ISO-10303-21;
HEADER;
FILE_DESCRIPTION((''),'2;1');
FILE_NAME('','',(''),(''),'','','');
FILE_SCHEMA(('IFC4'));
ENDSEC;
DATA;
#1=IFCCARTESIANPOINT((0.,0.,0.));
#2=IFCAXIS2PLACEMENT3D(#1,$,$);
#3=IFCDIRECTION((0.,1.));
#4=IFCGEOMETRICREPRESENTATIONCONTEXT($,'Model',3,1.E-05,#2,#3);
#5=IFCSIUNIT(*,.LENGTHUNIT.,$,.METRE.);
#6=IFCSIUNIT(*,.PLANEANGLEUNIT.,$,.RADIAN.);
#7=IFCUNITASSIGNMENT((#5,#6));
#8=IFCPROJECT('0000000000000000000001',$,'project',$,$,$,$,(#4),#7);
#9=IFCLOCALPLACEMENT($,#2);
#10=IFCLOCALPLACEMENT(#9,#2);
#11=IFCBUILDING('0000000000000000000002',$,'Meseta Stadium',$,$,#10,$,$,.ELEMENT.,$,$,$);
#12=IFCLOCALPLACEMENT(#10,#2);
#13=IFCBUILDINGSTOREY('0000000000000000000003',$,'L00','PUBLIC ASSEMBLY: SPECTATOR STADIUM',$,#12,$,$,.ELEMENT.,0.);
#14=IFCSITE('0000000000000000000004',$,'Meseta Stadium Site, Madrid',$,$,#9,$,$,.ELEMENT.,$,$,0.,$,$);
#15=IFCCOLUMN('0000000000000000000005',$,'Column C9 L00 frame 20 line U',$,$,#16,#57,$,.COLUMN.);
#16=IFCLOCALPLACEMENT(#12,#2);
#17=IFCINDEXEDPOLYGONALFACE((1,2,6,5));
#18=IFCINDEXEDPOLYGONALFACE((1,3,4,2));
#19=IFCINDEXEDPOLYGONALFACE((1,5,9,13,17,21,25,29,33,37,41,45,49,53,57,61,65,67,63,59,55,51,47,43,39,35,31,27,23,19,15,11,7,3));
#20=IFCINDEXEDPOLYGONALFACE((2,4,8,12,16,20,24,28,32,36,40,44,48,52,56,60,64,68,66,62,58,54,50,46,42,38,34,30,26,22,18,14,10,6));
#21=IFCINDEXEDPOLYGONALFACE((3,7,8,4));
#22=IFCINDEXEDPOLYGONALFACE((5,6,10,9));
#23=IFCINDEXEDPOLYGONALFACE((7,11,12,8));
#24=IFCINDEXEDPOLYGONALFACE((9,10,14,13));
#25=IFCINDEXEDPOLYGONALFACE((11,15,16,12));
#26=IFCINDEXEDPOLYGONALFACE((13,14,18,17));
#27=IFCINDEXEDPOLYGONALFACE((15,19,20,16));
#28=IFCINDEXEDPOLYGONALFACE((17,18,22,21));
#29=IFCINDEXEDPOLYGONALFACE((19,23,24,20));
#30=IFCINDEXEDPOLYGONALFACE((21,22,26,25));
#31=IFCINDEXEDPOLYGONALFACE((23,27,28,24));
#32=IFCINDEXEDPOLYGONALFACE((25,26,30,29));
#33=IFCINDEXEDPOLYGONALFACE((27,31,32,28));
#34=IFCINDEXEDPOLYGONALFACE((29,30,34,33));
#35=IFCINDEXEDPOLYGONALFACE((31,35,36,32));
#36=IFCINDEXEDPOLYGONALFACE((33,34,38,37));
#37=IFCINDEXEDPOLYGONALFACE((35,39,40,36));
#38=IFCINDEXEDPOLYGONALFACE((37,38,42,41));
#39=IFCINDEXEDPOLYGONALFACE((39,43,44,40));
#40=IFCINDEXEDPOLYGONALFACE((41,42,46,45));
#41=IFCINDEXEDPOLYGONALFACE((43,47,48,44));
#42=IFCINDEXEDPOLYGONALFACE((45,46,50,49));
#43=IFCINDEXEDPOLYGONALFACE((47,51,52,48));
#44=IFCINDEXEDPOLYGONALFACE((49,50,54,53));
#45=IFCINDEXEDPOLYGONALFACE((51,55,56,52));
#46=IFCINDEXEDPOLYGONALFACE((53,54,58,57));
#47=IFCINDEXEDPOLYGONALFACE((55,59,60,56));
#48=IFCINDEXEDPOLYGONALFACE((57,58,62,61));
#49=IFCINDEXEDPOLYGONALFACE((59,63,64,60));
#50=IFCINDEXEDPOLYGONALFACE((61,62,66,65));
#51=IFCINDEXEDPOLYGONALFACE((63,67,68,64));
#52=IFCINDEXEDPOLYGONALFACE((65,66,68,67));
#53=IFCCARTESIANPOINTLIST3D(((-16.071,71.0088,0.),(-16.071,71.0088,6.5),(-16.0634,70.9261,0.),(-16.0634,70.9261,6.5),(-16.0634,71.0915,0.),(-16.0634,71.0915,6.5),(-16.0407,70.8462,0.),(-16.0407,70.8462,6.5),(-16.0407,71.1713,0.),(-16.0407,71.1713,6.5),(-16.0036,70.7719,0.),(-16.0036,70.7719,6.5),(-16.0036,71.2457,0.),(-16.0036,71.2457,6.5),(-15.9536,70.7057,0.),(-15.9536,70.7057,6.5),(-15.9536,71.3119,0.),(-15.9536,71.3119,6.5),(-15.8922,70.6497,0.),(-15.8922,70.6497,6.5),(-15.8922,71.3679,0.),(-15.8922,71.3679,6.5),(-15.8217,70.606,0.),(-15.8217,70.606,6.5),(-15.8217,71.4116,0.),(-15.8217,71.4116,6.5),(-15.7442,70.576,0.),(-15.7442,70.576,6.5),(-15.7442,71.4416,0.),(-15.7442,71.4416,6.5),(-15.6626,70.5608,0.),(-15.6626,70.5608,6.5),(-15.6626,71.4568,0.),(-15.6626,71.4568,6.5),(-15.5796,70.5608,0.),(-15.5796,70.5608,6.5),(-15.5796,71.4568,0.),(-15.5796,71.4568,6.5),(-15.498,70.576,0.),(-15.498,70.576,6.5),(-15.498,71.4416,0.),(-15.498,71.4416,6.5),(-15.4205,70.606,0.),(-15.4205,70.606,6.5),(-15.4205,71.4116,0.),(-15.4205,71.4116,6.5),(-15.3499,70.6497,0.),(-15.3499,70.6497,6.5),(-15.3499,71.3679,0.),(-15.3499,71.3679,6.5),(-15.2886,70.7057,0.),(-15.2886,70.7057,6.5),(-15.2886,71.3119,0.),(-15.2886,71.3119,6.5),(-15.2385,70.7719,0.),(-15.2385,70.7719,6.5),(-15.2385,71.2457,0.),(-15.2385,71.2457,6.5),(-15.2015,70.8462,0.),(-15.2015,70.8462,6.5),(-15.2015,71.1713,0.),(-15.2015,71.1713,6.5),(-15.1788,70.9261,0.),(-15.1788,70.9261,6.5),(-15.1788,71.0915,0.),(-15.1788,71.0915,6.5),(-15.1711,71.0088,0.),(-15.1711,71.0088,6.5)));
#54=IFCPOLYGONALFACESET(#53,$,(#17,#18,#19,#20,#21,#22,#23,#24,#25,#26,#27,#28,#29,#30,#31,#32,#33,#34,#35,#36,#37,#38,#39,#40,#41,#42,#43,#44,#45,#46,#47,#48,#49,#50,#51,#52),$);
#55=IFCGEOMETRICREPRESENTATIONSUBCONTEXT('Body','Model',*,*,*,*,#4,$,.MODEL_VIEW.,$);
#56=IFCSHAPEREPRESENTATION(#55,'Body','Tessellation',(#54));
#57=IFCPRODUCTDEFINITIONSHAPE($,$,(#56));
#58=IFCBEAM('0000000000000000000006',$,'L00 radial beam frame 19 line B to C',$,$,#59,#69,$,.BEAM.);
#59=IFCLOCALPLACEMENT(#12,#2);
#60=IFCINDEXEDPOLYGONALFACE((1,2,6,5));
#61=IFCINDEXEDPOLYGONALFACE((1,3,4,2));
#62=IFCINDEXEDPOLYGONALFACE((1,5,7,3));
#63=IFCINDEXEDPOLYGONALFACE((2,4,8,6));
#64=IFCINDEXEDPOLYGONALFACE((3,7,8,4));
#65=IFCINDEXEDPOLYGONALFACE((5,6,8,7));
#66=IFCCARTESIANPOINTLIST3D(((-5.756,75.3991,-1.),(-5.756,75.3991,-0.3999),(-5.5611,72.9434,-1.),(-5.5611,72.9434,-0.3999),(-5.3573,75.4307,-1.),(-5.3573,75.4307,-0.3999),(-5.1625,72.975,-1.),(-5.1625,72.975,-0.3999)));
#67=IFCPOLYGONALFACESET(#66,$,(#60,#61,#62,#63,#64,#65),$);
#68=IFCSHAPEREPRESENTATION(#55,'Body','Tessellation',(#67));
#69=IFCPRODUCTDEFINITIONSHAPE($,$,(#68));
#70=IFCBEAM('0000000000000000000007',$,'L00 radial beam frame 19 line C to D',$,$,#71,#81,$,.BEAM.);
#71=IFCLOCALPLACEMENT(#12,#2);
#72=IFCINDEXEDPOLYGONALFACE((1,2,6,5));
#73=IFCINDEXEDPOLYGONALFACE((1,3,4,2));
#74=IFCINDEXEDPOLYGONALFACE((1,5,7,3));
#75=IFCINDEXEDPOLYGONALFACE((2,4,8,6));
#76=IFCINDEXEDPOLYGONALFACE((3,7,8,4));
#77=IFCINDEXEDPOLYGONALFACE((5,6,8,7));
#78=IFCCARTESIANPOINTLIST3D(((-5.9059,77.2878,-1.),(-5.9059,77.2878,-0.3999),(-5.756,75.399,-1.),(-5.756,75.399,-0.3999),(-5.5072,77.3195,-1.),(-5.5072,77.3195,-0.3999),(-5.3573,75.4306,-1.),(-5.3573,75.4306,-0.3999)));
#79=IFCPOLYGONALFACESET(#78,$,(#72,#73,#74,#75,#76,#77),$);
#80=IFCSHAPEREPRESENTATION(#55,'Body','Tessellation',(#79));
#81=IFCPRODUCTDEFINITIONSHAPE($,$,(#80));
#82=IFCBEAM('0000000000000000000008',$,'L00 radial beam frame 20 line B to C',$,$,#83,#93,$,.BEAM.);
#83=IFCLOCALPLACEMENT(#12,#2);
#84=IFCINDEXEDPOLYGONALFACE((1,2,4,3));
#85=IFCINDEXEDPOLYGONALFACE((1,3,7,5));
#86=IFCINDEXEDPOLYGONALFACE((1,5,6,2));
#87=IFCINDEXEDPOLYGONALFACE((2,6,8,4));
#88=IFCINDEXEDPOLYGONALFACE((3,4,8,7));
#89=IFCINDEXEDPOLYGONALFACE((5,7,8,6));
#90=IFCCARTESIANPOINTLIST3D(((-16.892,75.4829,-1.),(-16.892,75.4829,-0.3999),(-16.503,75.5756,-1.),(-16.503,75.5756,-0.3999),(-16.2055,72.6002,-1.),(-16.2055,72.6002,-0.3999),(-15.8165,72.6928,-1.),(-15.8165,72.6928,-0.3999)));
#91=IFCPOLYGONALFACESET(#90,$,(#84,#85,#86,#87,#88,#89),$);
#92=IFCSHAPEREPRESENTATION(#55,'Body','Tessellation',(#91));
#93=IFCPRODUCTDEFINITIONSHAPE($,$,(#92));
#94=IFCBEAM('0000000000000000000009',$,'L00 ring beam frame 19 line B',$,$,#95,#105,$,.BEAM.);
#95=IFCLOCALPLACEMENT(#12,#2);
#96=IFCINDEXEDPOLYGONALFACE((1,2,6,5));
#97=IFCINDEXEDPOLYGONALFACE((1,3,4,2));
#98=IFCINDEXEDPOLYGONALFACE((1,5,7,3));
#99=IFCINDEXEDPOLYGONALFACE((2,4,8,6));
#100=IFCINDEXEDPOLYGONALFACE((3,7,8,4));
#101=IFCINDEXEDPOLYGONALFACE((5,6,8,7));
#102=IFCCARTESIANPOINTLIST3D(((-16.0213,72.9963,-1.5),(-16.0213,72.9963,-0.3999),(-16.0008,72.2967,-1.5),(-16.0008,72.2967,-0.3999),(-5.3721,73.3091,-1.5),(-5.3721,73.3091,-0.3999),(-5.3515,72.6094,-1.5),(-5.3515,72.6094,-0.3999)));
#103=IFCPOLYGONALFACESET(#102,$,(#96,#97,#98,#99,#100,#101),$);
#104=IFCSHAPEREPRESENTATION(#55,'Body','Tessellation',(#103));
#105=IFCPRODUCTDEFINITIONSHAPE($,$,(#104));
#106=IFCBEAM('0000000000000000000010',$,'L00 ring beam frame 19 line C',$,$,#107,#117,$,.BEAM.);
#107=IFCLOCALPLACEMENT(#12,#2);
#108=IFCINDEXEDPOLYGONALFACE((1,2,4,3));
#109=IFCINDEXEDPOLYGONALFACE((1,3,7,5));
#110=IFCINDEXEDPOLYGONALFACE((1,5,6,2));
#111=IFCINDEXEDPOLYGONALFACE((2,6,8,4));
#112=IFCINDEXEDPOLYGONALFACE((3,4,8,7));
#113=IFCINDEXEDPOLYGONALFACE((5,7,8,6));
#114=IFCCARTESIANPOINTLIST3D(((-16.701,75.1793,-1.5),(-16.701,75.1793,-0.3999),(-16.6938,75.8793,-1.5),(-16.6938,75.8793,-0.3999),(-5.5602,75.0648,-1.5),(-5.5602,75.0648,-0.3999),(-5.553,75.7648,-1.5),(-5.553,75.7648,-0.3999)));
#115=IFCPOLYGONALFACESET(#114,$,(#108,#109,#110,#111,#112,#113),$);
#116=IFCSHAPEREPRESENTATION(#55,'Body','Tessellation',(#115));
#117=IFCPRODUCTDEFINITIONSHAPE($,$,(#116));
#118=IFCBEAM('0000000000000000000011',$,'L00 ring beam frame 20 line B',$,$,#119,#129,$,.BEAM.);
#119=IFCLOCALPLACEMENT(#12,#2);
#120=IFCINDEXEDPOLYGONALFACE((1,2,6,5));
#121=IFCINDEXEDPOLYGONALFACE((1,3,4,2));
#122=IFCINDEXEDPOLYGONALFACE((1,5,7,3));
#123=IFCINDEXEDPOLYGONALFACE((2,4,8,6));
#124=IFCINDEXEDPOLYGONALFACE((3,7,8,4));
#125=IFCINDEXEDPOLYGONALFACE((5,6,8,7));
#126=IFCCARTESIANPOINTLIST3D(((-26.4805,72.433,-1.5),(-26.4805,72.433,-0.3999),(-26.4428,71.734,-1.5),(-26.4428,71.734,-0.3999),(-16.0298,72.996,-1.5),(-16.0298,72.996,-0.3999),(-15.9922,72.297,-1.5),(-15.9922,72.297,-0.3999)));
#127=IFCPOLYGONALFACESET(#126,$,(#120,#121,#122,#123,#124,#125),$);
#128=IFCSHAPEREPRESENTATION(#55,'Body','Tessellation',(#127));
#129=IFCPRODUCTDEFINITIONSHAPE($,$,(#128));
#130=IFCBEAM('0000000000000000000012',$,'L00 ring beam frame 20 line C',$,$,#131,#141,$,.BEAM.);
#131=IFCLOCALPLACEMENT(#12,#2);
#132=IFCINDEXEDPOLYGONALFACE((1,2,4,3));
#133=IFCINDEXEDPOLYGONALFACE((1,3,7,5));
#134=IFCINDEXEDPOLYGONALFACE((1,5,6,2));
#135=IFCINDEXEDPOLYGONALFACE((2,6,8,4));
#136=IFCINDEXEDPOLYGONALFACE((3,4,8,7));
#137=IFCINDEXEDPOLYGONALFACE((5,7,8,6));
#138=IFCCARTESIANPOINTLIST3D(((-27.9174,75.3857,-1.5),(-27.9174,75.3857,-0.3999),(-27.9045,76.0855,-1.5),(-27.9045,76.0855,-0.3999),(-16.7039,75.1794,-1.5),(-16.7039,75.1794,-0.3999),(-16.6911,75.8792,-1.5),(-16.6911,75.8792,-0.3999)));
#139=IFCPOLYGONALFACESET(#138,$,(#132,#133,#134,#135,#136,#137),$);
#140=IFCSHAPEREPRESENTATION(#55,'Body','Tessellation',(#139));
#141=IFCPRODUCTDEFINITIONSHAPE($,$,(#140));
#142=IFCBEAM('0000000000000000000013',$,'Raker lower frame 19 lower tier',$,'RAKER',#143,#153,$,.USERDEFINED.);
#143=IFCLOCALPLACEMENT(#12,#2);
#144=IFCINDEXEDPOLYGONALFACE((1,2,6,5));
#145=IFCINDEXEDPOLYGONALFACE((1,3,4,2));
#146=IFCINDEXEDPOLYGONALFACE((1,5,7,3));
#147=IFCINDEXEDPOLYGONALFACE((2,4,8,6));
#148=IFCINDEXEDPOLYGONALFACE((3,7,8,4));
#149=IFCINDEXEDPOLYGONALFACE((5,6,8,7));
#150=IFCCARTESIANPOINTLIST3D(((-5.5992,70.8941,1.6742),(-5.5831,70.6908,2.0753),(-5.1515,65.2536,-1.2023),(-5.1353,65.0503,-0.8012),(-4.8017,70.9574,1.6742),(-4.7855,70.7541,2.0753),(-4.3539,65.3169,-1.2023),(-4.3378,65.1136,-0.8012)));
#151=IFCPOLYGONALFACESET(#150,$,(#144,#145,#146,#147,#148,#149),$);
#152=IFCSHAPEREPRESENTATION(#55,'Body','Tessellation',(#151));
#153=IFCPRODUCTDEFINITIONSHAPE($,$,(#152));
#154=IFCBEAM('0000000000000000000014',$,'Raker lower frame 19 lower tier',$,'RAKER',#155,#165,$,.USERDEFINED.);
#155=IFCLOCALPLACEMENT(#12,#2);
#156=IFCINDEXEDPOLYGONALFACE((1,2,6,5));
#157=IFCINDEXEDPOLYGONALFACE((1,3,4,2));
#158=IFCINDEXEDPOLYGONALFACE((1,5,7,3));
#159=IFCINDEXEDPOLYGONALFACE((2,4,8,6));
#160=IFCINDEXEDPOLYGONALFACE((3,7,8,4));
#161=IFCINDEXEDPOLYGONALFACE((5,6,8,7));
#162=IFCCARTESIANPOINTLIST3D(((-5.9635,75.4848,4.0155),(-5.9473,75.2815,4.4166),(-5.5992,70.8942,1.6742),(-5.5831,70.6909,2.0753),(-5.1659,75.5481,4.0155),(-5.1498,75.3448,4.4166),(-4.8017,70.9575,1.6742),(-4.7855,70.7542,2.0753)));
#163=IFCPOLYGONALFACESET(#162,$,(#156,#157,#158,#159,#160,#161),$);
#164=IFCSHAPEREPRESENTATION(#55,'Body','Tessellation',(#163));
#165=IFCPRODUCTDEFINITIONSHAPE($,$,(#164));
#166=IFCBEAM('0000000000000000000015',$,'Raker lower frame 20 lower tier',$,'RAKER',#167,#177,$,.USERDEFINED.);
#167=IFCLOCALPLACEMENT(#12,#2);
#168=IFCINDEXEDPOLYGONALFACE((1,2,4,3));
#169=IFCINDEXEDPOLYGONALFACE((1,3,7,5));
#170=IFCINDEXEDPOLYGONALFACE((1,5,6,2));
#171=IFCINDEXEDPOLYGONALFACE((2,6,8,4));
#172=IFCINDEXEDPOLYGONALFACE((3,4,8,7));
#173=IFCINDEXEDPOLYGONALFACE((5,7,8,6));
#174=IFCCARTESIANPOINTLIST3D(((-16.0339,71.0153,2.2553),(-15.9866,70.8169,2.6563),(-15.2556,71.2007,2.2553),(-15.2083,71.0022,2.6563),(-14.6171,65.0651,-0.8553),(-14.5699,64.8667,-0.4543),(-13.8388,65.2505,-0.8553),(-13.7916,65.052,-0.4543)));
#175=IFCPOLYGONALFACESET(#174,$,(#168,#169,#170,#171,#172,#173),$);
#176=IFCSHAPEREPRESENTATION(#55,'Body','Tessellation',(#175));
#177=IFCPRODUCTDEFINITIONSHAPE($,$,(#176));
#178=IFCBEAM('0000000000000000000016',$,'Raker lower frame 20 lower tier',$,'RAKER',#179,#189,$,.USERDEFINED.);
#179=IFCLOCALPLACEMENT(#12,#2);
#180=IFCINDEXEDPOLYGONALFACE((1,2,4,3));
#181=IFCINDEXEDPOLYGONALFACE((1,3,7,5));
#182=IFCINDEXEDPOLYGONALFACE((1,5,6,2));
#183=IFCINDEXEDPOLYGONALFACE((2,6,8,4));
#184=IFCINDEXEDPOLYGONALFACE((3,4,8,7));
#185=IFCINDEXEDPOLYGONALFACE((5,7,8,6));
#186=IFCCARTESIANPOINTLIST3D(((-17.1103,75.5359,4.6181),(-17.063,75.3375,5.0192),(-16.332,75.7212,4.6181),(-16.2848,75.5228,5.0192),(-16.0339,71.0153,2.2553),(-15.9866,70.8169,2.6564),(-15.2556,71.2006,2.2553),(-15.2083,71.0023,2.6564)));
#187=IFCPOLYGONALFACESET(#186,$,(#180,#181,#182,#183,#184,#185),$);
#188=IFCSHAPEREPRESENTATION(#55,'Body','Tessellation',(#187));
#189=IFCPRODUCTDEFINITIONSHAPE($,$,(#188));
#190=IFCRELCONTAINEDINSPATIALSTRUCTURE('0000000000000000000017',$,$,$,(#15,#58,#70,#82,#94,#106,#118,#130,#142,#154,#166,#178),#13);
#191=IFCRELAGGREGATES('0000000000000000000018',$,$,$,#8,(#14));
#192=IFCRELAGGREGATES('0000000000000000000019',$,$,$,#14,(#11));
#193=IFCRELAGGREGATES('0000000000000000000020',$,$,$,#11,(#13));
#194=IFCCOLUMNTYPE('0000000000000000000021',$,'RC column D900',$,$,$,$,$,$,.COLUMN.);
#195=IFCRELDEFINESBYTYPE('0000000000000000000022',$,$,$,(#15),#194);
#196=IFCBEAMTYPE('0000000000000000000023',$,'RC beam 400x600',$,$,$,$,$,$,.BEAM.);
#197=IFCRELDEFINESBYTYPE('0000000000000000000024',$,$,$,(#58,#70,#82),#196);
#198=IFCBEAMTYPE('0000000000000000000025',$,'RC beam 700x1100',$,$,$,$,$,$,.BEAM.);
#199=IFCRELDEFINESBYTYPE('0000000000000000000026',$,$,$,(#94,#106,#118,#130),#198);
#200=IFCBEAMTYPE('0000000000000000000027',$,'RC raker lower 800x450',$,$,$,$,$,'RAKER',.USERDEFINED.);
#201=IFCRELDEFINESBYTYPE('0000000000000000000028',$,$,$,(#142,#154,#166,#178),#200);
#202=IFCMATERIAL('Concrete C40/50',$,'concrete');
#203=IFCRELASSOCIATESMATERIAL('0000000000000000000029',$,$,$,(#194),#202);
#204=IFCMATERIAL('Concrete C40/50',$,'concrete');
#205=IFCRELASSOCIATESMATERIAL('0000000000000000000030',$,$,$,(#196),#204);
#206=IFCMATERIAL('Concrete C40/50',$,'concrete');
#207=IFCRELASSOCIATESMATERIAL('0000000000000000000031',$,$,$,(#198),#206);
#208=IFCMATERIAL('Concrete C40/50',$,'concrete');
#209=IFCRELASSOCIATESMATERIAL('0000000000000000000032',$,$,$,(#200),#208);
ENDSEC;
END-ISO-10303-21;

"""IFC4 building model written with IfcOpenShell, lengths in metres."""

from ifc_helpers import new_model, si_unit, direction, frame, origin, origin_2d, place, context, subcontext, project, spatial, rectangle, circle, extrude, material, material_profile, profile_set, type_object, element, save


model = new_model("IFC4")

# Units and contexts
model_context = context("Model", 3, precision=1e-05, world=origin(), true_north=direction((0.0, 1.0)))
body_context = subcontext(model_context, "Body", "Model", "MODEL_VIEW")
ifc_project = project(units=[si_unit("LENGTHUNIT", "METRE"), si_unit("PLANEANGLEUNIT", "RADIAN")], contexts=[model_context])

# Site, building, storey
site_placement = place(None, origin())
site = spatial("IfcSite", under=ifc_project, at=site_placement, Name="Meseta Stadium Site, Madrid", CompositionType="ELEMENT", RefElevation=0.0)
building_placement = place(site_placement, origin())
building = spatial("IfcBuilding", under=site, at=building_placement, Name="Meseta Stadium", CompositionType="ELEMENT")
storey_placement = place(building_placement, origin())
storey = spatial("IfcBuildingStorey", under=building, at=storey_placement, Name="L00", Description="PUBLIC ASSEMBLY: SPECTATOR STADIUM", CompositionType="ELEMENT", Elevation=0.0)

# Column
ifc_material_1 = material(Name="Concrete C40/50", Category="concrete")
ifc_material_profile_1 = material_profile(ifc_material_1, circle(Radius=0.45, at=origin_2d()), Name="RC D900")
ifc_profile_set_1 = profile_set([ifc_material_profile_1], Name="Concrete C40/50")
column_type_1 = type_object("IfcColumnType", Name="RC column D900", PredefinedType="COLUMN", material=ifc_profile_set_1)
for number, where, z_axis, x_axis, name in (
    (1, (-15.6211, 71.0088, 0.0), (0.0, 0.0, 1.0), (1.0, 0.0, 0.0), "Column C9 L00 frame 20 line U"),
):
    element("IfcColumn", number, at=place(storey_placement, frame(where, z_axis=z_axis, x_axis=x_axis)), inside=storey, type_object=column_type_1, Name=name, PredefinedType="COLUMN", context=body_context, shape_type="SweptSolid", body=[
        extrude(circle(Radius=0.45, at=origin_2d()), origin(), (0.0, 0.0, 1.0), 6.5),
    ])

# Beams
ifc_material_2 = material(Name="Concrete C40/50", Category="concrete")
ifc_material_profile_2 = material_profile(ifc_material_2, rectangle(XDim=0.3999, YDim=0.6001, at=origin_2d()), Name="RC 400x600")
ifc_profile_set_2 = profile_set([ifc_material_profile_2], Name="Concrete C40/50")
beam_type_1 = type_object("IfcBeamType", Name="RC beam 400x600", PredefinedType="BEAM", material=ifc_profile_set_2)
beam_1_placement = place(storey_placement, frame((-5.3618, 72.9592, -0.7), z_axis=(-0.079091, 0.996867, 0.0), x_axis=(-0.996867, -0.079091, 0.0)))
element("IfcBeam", 2, at=beam_1_placement, inside=storey, type_object=beam_type_1, Name="L00 radial beam frame 19 line B to C", PredefinedType="BEAM", context=body_context, shape_type="SweptSolid", body=[
    extrude(rectangle(XDim=0.3999, YDim=0.6001, at=origin_2d()), origin(), (0.0, 0.0, 1.0), 2.4634),
])
beam_2_placement = place(storey_placement, frame((-5.5566, 75.4148, -0.7), z_axis=(-0.07911, 0.996866, 0.0), x_axis=(-0.996866, -0.07911, 0.0)))
element("IfcBeam", 3, at=beam_2_placement, inside=storey, type_object=beam_type_1, Name="L00 radial beam frame 19 line C to D", PredefinedType="BEAM", context=body_context, shape_type="SweptSolid", body=[
    extrude(rectangle(XDim=0.3999, YDim=0.6001, at=origin_2d()), origin(), (0.0, 0.0, 1.0), 1.8948),
])
beam_3_placement = place(storey_placement, frame((-16.011, 72.6465, -0.7), z_axis=(-0.231665, 0.972796, 0.0), x_axis=(-0.972796, -0.231665, 0.0)))
element("IfcBeam", 4, at=beam_3_placement, inside=storey, type_object=beam_type_1, Name="L00 radial beam frame 20 line B to C", PredefinedType="BEAM", context=body_context, shape_type="SweptSolid", body=[
    extrude(rectangle(XDim=0.3999, YDim=0.6001, at=origin_2d()), origin(), (0.0, 0.0, 1.0), 2.9634),
])
ifc_material_3 = material(Name="Concrete C40/50", Category="concrete")
ifc_material_profile_3 = material_profile(ifc_material_3, rectangle(XDim=0.7, YDim=1.1001, at=origin_2d()), Name="RC 700x1100")
ifc_profile_set_3 = profile_set([ifc_material_profile_3], Name="Concrete C40/50")
beam_type_2 = type_object("IfcBeamType", Name="RC beam 700x1100", PredefinedType="BEAM", material=ifc_profile_set_3)
beam_4_placement = place(storey_placement, frame((-5.3618, 72.9592, -0.95), z_axis=(-0.999569, -0.029355, 0.0), x_axis=(0.029355, -0.999569, 0.0)))
element("IfcBeam", 5, at=beam_4_placement, inside=storey, type_object=beam_type_2, Name="L00 ring beam frame 19 line B", PredefinedType="BEAM", context=body_context, shape_type="SweptSolid", body=[
    extrude(rectangle(XDim=0.7, YDim=1.1001, at=origin_2d()), origin(), (0.0, 0.0, 1.0), 10.6538),
])
beam_5_placement = place(storey_placement, frame((-5.5566, 75.4148, -0.95), z_axis=(-0.999947, 0.010277, 0.0), x_axis=(-0.010277, -0.999947, 0.0)))
element("IfcBeam", 6, at=beam_5_placement, inside=storey, type_object=beam_type_2, Name="L00 ring beam frame 19 line C", PredefinedType="BEAM", context=body_context, shape_type="SweptSolid", body=[
    extrude(rectangle(XDim=0.7, YDim=1.1001, at=origin_2d()), origin(), (0.0, 0.0, 1.0), 11.1414),
])
beam_6_placement = place(storey_placement, frame((-16.011, 72.6465, -0.95), z_axis=(-0.998552, -0.053793, 0.0), x_axis=(0.053793, -0.998552, 0.0)))
element("IfcBeam", 7, at=beam_6_placement, inside=storey, type_object=beam_type_2, Name="L00 ring beam frame 20 line B", PredefinedType="BEAM", context=body_context, shape_type="SweptSolid", body=[
    extrude(rectangle(XDim=0.7, YDim=1.1001, at=origin_2d()), origin(), (0.0, 0.0, 1.0), 10.4658),
])
beam_7_placement = place(storey_placement, frame((-16.6975, 75.5293, -0.95), z_axis=(-0.999831, 0.018394, 0.0), x_axis=(-0.018394, -0.999831, 0.0)))
element("IfcBeam", 8, at=beam_7_placement, inside=storey, type_object=beam_type_2, Name="L00 ring beam frame 20 line C", PredefinedType="BEAM", context=body_context, shape_type="SweptSolid", body=[
    extrude(rectangle(XDim=0.7, YDim=1.1001, at=origin_2d()), origin(), (0.0, 0.0, 1.0), 11.2153),
])
ifc_material_4 = material(Name="Concrete C40/50", Category="concrete")
ifc_material_profile_4 = material_profile(ifc_material_4, rectangle(XDim=0.8, YDim=0.45, at=origin_2d()), Name="RC 800x450")
ifc_profile_set_4 = profile_set([ifc_material_profile_4], Name="Concrete C40/50")
beam_type_3 = type_object("IfcBeamType", Name="RC raker lower 800x450", ElementType="RAKER", PredefinedType="USERDEFINED", material=ifc_profile_set_4)
beam_8_placement = place(storey_placement, frame((-4.7446, 65.1836, -1.0017), z_axis=(-0.07054, 0.888633, 0.453163), x_axis=(-0.996864, -0.079131, 0.0)))
element("IfcBeam", 9, at=beam_8_placement, inside=storey, type_object=beam_type_3, Name="Raker lower frame 19 lower tier", ObjectType="RAKER", PredefinedType="USERDEFINED", context=body_context, shape_type="SweptSolid", body=[
    extrude(rectangle(XDim=0.8, YDim=0.45, at=origin_2d()), origin(), (0.0, 0.0, 1.0), 6.3474),
])
beam_9_placement = place(storey_placement, frame((-5.1924, 70.8242, 1.8748), z_axis=(-0.07051, 0.888609, 0.453213), x_axis=(-0.996867, -0.0791, 0.0)))
element("IfcBeam", 10, at=beam_9_placement, inside=storey, type_object=beam_type_3, Name="Raker lower frame 19 lower tier", ObjectType="RAKER", PredefinedType="USERDEFINED", context=body_context, shape_type="SweptSolid", body=[
    extrude(rectangle(XDim=0.8, YDim=0.45, at=origin_2d()), origin(), (0.0, 0.0, 1.0), 5.166),
])
beam_10_placement = place(storey_placement, frame((-14.2043, 65.0586, -0.6548), z_axis=(-0.206461, 0.867116, 0.453304), x_axis=(-0.972805, -0.231626, 0.0)))
element("IfcBeam", 11, at=beam_10_placement, inside=storey, type_object=beam_type_3, Name="Raker lower frame 20 lower tier", ObjectType="RAKER", PredefinedType="USERDEFINED", context=body_context, shape_type="SweptSolid", body=[
    extrude(rectangle(XDim=0.8, YDim=0.45, at=origin_2d()), origin(), (0.0, 0.0, 1.0), 6.8621),
])
beam_11_placement = place(storey_placement, frame((-15.6211, 71.0088, 2.4558), z_axis=(-0.206483, 0.867143, 0.453241), x_axis=(-0.972801, -0.231642, 0.0)))
element("IfcBeam", 12, at=beam_11_placement, inside=storey, type_object=beam_type_3, Name="Raker lower frame 20 lower tier", ObjectType="RAKER", PredefinedType="USERDEFINED", context=body_context, shape_type="SweptSolid", body=[
    extrude(rectangle(XDim=0.8, YDim=0.45, at=origin_2d()), origin(), (0.0, 0.0, 1.0), 5.2131),
])

save(model, "model.ifc")
